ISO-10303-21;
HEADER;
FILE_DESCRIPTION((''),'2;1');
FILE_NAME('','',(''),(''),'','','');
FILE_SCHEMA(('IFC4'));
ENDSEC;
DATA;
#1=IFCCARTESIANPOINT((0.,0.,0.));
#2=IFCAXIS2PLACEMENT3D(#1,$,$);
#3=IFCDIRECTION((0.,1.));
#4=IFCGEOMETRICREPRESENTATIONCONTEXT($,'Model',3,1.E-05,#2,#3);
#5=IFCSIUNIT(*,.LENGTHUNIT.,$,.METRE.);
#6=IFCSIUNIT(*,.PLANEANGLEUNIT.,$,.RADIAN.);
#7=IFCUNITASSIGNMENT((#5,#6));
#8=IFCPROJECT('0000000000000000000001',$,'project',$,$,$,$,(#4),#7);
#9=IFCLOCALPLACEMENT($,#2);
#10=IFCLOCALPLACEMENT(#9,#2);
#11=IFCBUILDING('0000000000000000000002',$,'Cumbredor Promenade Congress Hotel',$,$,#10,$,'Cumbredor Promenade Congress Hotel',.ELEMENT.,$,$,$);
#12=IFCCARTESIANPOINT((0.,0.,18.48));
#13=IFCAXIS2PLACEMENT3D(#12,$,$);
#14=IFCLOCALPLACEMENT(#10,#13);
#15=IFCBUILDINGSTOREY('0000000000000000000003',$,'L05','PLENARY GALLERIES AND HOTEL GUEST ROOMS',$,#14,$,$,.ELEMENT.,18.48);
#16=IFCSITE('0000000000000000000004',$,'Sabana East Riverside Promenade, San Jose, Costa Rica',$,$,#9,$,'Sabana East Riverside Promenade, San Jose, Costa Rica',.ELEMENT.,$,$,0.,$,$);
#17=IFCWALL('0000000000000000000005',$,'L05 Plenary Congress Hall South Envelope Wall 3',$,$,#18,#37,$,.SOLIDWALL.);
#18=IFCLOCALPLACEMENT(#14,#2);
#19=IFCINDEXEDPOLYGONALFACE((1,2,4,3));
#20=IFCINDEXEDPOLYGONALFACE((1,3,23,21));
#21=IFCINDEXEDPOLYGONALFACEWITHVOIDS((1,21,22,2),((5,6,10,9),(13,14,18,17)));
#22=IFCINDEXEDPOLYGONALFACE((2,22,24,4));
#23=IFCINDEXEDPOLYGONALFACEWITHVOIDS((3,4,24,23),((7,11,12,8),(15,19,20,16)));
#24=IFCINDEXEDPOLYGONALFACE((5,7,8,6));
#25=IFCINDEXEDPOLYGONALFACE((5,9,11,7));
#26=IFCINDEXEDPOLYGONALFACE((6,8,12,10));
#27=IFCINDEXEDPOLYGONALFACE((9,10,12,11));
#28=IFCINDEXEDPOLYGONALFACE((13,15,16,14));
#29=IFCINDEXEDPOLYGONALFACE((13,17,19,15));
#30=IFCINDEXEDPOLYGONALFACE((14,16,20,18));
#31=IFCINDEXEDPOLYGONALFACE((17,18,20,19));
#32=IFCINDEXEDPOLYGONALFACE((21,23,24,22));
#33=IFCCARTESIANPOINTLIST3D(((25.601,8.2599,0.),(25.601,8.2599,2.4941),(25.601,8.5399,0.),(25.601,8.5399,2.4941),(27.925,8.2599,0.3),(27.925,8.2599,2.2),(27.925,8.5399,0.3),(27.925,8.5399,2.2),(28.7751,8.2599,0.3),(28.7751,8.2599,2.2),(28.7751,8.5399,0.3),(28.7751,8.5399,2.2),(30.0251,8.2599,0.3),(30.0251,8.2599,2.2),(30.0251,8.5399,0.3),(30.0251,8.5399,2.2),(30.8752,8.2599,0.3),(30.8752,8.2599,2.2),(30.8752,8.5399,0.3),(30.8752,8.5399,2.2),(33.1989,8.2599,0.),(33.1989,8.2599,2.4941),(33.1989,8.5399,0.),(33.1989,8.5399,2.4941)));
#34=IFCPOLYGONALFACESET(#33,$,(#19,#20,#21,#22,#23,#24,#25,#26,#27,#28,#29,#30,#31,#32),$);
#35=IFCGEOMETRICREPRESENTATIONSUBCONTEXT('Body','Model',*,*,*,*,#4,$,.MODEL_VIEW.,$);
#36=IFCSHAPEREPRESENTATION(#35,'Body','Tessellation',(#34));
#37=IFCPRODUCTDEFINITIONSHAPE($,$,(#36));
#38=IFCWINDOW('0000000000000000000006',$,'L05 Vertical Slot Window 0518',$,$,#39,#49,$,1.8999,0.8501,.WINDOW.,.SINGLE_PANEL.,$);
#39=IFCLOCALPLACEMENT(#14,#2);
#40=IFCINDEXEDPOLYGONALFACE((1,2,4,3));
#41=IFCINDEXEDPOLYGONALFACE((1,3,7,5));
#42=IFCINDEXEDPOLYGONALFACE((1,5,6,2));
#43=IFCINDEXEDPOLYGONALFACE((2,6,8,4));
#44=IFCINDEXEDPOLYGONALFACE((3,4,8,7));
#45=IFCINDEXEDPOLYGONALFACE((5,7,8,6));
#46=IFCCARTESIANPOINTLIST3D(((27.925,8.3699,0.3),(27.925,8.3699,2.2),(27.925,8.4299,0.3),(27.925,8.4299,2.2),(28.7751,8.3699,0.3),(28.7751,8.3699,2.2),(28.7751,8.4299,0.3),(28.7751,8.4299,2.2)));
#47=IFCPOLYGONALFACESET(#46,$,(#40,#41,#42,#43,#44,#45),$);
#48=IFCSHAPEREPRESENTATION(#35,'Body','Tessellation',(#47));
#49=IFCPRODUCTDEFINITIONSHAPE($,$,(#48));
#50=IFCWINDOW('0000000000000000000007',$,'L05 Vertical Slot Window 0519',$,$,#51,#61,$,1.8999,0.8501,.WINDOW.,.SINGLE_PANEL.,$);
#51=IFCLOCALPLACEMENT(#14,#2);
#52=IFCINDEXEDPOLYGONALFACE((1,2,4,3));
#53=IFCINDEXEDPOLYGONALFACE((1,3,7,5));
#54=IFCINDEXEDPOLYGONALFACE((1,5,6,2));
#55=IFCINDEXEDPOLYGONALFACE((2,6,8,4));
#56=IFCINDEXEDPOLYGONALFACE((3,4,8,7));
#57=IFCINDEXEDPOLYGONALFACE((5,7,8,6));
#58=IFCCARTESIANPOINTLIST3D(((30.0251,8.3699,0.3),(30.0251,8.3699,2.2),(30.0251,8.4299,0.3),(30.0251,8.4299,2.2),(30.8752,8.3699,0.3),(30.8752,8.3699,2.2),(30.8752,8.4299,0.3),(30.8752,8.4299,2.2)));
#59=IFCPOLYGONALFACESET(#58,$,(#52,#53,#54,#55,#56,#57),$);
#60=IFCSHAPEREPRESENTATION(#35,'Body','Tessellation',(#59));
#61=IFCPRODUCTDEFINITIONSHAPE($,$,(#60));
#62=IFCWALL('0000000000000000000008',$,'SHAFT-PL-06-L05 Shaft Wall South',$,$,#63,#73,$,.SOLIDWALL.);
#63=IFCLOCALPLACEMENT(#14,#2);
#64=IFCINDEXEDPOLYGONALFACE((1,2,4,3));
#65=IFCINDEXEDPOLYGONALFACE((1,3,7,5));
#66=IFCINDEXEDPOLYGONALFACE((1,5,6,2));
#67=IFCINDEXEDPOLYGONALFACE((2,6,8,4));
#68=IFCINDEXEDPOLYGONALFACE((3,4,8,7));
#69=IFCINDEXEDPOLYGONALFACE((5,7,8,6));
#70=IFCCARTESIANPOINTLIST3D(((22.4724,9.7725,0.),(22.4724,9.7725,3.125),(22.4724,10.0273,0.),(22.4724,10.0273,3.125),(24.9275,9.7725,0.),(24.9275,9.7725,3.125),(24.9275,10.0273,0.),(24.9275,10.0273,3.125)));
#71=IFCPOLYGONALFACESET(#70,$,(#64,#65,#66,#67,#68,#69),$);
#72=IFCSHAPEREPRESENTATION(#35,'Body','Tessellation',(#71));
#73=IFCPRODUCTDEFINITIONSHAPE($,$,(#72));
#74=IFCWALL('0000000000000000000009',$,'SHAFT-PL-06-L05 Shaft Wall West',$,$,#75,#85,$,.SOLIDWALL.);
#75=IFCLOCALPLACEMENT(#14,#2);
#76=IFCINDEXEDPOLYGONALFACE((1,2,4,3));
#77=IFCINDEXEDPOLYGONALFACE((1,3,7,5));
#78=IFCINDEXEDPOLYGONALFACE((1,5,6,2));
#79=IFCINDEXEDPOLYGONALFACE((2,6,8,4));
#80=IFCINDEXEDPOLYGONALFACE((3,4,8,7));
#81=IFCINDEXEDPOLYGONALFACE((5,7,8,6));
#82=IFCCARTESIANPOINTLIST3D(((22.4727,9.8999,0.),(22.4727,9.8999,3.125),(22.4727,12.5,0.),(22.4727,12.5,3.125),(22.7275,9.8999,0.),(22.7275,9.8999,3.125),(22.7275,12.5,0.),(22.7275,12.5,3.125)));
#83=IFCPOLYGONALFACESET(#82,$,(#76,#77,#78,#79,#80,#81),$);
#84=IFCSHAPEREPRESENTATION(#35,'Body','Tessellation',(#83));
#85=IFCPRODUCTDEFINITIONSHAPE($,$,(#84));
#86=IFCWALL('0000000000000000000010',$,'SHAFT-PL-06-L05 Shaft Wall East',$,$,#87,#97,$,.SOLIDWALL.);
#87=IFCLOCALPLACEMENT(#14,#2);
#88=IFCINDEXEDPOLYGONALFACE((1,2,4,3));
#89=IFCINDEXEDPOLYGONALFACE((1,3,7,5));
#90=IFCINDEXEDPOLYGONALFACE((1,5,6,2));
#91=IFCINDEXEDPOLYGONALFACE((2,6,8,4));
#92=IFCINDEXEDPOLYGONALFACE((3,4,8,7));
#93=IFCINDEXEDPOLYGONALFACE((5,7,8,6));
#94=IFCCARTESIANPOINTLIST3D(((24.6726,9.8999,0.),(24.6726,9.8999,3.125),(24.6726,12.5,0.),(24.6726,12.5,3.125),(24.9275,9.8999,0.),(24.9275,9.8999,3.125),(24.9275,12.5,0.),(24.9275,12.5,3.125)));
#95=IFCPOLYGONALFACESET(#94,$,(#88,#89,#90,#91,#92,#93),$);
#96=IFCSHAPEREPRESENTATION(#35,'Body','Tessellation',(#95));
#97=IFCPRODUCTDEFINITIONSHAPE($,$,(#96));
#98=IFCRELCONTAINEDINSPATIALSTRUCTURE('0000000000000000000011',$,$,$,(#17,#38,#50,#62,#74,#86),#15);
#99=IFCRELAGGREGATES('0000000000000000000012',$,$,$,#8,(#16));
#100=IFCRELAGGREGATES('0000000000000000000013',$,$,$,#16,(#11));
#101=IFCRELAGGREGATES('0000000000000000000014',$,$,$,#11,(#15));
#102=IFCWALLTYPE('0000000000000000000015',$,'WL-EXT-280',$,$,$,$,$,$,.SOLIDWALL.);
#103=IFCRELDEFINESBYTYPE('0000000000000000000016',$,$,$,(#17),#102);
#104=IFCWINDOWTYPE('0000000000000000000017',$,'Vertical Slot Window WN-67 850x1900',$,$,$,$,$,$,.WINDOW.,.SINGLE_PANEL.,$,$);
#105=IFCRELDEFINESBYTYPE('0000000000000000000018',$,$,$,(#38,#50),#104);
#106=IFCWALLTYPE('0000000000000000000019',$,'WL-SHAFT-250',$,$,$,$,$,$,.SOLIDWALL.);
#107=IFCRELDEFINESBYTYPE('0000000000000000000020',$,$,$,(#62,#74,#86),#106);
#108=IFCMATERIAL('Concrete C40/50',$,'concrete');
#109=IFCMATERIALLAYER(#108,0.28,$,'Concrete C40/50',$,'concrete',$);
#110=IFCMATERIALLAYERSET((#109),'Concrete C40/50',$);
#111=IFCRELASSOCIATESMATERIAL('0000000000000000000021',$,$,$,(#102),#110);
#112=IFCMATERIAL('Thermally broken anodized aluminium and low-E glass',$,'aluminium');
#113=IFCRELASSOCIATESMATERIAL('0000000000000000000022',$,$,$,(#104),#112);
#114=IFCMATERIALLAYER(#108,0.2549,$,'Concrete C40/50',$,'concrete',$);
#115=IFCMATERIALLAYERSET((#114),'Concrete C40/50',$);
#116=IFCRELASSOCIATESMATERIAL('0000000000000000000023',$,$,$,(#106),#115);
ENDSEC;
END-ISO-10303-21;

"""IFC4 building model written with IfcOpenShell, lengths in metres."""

from ifc_helpers import new_model, si_unit, direction, frame, frame_2d, origin, place, context, subcontext, project, spatial, rectangle, extrude, material, layer, layer_set, type_object, element, fill, save


model = new_model("IFC4")

# Units and contexts
model_context = context("Model", 3, precision=1e-05, world=origin(), true_north=direction((0.0, 1.0)))
body_context = subcontext(model_context, "Body", "Model", "MODEL_VIEW")
ifc_project = project(units=[si_unit("LENGTHUNIT", "METRE"), si_unit("PLANEANGLEUNIT", "RADIAN")], contexts=[model_context])

# Site, building, storey
site_placement = place(None, origin())
site = spatial("IfcSite", under=ifc_project, at=site_placement, Name="Sabana East Riverside Promenade, San Jose, Costa Rica", LongName="Sabana East Riverside Promenade, San Jose, Costa Rica", CompositionType="ELEMENT", RefElevation=0.0)
building_placement = place(site_placement, origin())
building = spatial("IfcBuilding", under=site, at=building_placement, Name="Cumbredor Promenade Congress Hotel", LongName="Cumbredor Promenade Congress Hotel", CompositionType="ELEMENT")
storey_placement = place(building_placement, frame((0.0, 0.0, 18.48)))
storey = spatial("IfcBuildingStorey", under=building, at=storey_placement, Name="L05", Description="PLENARY GALLERIES AND HOTEL GUEST ROOMS", CompositionType="ELEMENT", Elevation=18.48)

# Shared definitions
ifc_material_1 = material(Name="Concrete C40/50", Category="concrete")

# Shared definitions
ifc_material_2 = material(Name="Thermally broken anodized aluminium and low-E glass", Category="aluminium")

# Wall, openings, windows
ifc_layer_1 = layer(ifc_material_1, 0.28, Name="Concrete C40/50", Category="concrete")
ifc_layer_set_1 = layer_set([ifc_layer_1], Name="Concrete C40/50")
wall_type_1 = type_object("IfcWallType", Name="WL-EXT-280", PredefinedType="SOLIDWALL", material=ifc_layer_set_1)
wall_1_placement = place(storey_placement, frame((25.6011, 8.3999, 0.0), z_axis=(0.0, 0.0, 1.0), x_axis=(1.0, 0.0, 0.0)))
wall_1 = element("IfcWall", 1, at=wall_1_placement, inside=storey, type_object=wall_type_1, Name="L05 Plenary Congress Hall South Envelope Wall 3", PredefinedType="SOLIDWALL", context=body_context, shape_type="SweptSolid", body=[
    extrude(rectangle(XDim=7.5979, YDim=0.28, at=frame_2d((3.7988, 0.0))), origin(), (0.0, 0.0, 1.0), 2.4941),
])
opening_1_placement = place(wall_1_placement, frame((2.324, 0.0, 0.3)))
opening_1 = element("IfcOpeningElement", 2, at=opening_1_placement, cuts=wall_1, PredefinedType="OPENING", context=body_context, shape_type="SweptSolid", body=[
    extrude(rectangle(XDim=0.8501, YDim=1.8999, at=frame_2d((0.425, 0.95))), frame((0.0, 0.1499, 0.0), z_axis=(0.0, -1.0, 0.0), x_axis=(1.0, 0.0, 0.0)), (0.0, 0.0, 1.0), 0.3),
])
opening_2_placement = place(wall_1_placement, frame((4.4241, 0.0, 0.3)))
opening_2 = element("IfcOpeningElement", 3, at=opening_2_placement, cuts=wall_1, PredefinedType="OPENING", context=body_context, shape_type="SweptSolid", body=[
    extrude(rectangle(XDim=0.8501, YDim=1.8999, at=frame_2d((0.425, 0.95))), frame((0.0, 0.1499, 0.0), z_axis=(0.0, -1.0, 0.0), x_axis=(1.0, 0.0, 0.0)), (0.0, 0.0, 1.0), 0.3),
])
window_type = type_object("IfcWindowType", Name="Vertical Slot Window WN-67 850x1900", PartitioningType="SINGLE_PANEL", PredefinedType="WINDOW", material=ifc_material_2)
window_1_placement = place(opening_1_placement, origin())
window_1 = element("IfcWindow", 4, at=window_1_placement, inside=storey, type_object=window_type, Name="L05 Vertical Slot Window 0518", OverallHeight=1.8999, OverallWidth=0.8501, PartitioningType="SINGLE_PANEL", PredefinedType="WINDOW", context=body_context, shape_type="SweptSolid", body=[
    extrude(rectangle(XDim=0.8501, YDim=1.8999, at=frame_2d((0.425, 0.95))), frame((0.0, 0.03, 0.0), z_axis=(0.0, -1.0, 0.0), x_axis=(1.0, 0.0, 0.0)), (0.0, 0.0, 1.0), 0.0601),
])
fill(opening_1, window_1)
window_2_placement = place(opening_2_placement, origin())
window_2 = element("IfcWindow", 5, at=window_2_placement, inside=storey, type_object=window_type, Name="L05 Vertical Slot Window 0519", OverallHeight=1.8999, OverallWidth=0.8501, PartitioningType="SINGLE_PANEL", PredefinedType="WINDOW", context=body_context, shape_type="SweptSolid", body=[
    extrude(rectangle(XDim=0.8501, YDim=1.8999, at=frame_2d((0.425, 0.95))), frame((0.0, 0.03, 0.0), z_axis=(0.0, -1.0, 0.0), x_axis=(1.0, 0.0, 0.0)), (0.0, 0.0, 1.0), 0.0601),
])
fill(opening_2, window_2)

# Wall
ifc_layer_2 = layer(ifc_material_1, 0.2549, Name="Concrete C40/50", Category="concrete")
ifc_layer_set_2 = layer_set([ifc_layer_2], Name="Concrete C40/50")
wall_type_2 = type_object("IfcWallType", Name="WL-SHAFT-250", PredefinedType="SOLIDWALL", material=ifc_layer_set_2)
wall_2_placement = place(storey_placement, frame((22.4724, 9.8999, 0.0), z_axis=(0.0, 0.0, 1.0), x_axis=(1.0, 0.0, 0.0)))
element("IfcWall", 6, at=wall_2_placement, inside=storey, type_object=wall_type_2, Name="SHAFT-PL-06-L05 Shaft Wall South", PredefinedType="SOLIDWALL", context=body_context, shape_type="SweptSolid", body=[
    extrude(rectangle(XDim=2.4551, YDim=0.2549, at=frame_2d((1.2275, 0.0))), origin(), (0.0, 0.0, 1.0), 3.125),
])

# Walls
for number, where, z_axis, x_axis, name in (
    (7, (22.6001, 9.8999, 0.0), (0.0, 0.0, 1.0), (0.0, 1.0, 0.0), "SHAFT-PL-06-L05 Shaft Wall West"),
    (8, (24.8, 9.8999, 0.0), (0.0, 0.0, 1.0), (0.0, 1.0, 0.0), "SHAFT-PL-06-L05 Shaft Wall East"),
):
    element("IfcWall", number, at=place(storey_placement, frame(where, z_axis=z_axis, x_axis=x_axis)), inside=storey, type_object=wall_type_2, Name=name, PredefinedType="SOLIDWALL", context=body_context, shape_type="SweptSolid", body=[
        extrude(rectangle(XDim=2.6001, YDim=0.2549, at=frame_2d((1.3, 0.0))), origin(), (0.0, 0.0, 1.0), 3.125),
    ])

save(model, "model.ifc")
